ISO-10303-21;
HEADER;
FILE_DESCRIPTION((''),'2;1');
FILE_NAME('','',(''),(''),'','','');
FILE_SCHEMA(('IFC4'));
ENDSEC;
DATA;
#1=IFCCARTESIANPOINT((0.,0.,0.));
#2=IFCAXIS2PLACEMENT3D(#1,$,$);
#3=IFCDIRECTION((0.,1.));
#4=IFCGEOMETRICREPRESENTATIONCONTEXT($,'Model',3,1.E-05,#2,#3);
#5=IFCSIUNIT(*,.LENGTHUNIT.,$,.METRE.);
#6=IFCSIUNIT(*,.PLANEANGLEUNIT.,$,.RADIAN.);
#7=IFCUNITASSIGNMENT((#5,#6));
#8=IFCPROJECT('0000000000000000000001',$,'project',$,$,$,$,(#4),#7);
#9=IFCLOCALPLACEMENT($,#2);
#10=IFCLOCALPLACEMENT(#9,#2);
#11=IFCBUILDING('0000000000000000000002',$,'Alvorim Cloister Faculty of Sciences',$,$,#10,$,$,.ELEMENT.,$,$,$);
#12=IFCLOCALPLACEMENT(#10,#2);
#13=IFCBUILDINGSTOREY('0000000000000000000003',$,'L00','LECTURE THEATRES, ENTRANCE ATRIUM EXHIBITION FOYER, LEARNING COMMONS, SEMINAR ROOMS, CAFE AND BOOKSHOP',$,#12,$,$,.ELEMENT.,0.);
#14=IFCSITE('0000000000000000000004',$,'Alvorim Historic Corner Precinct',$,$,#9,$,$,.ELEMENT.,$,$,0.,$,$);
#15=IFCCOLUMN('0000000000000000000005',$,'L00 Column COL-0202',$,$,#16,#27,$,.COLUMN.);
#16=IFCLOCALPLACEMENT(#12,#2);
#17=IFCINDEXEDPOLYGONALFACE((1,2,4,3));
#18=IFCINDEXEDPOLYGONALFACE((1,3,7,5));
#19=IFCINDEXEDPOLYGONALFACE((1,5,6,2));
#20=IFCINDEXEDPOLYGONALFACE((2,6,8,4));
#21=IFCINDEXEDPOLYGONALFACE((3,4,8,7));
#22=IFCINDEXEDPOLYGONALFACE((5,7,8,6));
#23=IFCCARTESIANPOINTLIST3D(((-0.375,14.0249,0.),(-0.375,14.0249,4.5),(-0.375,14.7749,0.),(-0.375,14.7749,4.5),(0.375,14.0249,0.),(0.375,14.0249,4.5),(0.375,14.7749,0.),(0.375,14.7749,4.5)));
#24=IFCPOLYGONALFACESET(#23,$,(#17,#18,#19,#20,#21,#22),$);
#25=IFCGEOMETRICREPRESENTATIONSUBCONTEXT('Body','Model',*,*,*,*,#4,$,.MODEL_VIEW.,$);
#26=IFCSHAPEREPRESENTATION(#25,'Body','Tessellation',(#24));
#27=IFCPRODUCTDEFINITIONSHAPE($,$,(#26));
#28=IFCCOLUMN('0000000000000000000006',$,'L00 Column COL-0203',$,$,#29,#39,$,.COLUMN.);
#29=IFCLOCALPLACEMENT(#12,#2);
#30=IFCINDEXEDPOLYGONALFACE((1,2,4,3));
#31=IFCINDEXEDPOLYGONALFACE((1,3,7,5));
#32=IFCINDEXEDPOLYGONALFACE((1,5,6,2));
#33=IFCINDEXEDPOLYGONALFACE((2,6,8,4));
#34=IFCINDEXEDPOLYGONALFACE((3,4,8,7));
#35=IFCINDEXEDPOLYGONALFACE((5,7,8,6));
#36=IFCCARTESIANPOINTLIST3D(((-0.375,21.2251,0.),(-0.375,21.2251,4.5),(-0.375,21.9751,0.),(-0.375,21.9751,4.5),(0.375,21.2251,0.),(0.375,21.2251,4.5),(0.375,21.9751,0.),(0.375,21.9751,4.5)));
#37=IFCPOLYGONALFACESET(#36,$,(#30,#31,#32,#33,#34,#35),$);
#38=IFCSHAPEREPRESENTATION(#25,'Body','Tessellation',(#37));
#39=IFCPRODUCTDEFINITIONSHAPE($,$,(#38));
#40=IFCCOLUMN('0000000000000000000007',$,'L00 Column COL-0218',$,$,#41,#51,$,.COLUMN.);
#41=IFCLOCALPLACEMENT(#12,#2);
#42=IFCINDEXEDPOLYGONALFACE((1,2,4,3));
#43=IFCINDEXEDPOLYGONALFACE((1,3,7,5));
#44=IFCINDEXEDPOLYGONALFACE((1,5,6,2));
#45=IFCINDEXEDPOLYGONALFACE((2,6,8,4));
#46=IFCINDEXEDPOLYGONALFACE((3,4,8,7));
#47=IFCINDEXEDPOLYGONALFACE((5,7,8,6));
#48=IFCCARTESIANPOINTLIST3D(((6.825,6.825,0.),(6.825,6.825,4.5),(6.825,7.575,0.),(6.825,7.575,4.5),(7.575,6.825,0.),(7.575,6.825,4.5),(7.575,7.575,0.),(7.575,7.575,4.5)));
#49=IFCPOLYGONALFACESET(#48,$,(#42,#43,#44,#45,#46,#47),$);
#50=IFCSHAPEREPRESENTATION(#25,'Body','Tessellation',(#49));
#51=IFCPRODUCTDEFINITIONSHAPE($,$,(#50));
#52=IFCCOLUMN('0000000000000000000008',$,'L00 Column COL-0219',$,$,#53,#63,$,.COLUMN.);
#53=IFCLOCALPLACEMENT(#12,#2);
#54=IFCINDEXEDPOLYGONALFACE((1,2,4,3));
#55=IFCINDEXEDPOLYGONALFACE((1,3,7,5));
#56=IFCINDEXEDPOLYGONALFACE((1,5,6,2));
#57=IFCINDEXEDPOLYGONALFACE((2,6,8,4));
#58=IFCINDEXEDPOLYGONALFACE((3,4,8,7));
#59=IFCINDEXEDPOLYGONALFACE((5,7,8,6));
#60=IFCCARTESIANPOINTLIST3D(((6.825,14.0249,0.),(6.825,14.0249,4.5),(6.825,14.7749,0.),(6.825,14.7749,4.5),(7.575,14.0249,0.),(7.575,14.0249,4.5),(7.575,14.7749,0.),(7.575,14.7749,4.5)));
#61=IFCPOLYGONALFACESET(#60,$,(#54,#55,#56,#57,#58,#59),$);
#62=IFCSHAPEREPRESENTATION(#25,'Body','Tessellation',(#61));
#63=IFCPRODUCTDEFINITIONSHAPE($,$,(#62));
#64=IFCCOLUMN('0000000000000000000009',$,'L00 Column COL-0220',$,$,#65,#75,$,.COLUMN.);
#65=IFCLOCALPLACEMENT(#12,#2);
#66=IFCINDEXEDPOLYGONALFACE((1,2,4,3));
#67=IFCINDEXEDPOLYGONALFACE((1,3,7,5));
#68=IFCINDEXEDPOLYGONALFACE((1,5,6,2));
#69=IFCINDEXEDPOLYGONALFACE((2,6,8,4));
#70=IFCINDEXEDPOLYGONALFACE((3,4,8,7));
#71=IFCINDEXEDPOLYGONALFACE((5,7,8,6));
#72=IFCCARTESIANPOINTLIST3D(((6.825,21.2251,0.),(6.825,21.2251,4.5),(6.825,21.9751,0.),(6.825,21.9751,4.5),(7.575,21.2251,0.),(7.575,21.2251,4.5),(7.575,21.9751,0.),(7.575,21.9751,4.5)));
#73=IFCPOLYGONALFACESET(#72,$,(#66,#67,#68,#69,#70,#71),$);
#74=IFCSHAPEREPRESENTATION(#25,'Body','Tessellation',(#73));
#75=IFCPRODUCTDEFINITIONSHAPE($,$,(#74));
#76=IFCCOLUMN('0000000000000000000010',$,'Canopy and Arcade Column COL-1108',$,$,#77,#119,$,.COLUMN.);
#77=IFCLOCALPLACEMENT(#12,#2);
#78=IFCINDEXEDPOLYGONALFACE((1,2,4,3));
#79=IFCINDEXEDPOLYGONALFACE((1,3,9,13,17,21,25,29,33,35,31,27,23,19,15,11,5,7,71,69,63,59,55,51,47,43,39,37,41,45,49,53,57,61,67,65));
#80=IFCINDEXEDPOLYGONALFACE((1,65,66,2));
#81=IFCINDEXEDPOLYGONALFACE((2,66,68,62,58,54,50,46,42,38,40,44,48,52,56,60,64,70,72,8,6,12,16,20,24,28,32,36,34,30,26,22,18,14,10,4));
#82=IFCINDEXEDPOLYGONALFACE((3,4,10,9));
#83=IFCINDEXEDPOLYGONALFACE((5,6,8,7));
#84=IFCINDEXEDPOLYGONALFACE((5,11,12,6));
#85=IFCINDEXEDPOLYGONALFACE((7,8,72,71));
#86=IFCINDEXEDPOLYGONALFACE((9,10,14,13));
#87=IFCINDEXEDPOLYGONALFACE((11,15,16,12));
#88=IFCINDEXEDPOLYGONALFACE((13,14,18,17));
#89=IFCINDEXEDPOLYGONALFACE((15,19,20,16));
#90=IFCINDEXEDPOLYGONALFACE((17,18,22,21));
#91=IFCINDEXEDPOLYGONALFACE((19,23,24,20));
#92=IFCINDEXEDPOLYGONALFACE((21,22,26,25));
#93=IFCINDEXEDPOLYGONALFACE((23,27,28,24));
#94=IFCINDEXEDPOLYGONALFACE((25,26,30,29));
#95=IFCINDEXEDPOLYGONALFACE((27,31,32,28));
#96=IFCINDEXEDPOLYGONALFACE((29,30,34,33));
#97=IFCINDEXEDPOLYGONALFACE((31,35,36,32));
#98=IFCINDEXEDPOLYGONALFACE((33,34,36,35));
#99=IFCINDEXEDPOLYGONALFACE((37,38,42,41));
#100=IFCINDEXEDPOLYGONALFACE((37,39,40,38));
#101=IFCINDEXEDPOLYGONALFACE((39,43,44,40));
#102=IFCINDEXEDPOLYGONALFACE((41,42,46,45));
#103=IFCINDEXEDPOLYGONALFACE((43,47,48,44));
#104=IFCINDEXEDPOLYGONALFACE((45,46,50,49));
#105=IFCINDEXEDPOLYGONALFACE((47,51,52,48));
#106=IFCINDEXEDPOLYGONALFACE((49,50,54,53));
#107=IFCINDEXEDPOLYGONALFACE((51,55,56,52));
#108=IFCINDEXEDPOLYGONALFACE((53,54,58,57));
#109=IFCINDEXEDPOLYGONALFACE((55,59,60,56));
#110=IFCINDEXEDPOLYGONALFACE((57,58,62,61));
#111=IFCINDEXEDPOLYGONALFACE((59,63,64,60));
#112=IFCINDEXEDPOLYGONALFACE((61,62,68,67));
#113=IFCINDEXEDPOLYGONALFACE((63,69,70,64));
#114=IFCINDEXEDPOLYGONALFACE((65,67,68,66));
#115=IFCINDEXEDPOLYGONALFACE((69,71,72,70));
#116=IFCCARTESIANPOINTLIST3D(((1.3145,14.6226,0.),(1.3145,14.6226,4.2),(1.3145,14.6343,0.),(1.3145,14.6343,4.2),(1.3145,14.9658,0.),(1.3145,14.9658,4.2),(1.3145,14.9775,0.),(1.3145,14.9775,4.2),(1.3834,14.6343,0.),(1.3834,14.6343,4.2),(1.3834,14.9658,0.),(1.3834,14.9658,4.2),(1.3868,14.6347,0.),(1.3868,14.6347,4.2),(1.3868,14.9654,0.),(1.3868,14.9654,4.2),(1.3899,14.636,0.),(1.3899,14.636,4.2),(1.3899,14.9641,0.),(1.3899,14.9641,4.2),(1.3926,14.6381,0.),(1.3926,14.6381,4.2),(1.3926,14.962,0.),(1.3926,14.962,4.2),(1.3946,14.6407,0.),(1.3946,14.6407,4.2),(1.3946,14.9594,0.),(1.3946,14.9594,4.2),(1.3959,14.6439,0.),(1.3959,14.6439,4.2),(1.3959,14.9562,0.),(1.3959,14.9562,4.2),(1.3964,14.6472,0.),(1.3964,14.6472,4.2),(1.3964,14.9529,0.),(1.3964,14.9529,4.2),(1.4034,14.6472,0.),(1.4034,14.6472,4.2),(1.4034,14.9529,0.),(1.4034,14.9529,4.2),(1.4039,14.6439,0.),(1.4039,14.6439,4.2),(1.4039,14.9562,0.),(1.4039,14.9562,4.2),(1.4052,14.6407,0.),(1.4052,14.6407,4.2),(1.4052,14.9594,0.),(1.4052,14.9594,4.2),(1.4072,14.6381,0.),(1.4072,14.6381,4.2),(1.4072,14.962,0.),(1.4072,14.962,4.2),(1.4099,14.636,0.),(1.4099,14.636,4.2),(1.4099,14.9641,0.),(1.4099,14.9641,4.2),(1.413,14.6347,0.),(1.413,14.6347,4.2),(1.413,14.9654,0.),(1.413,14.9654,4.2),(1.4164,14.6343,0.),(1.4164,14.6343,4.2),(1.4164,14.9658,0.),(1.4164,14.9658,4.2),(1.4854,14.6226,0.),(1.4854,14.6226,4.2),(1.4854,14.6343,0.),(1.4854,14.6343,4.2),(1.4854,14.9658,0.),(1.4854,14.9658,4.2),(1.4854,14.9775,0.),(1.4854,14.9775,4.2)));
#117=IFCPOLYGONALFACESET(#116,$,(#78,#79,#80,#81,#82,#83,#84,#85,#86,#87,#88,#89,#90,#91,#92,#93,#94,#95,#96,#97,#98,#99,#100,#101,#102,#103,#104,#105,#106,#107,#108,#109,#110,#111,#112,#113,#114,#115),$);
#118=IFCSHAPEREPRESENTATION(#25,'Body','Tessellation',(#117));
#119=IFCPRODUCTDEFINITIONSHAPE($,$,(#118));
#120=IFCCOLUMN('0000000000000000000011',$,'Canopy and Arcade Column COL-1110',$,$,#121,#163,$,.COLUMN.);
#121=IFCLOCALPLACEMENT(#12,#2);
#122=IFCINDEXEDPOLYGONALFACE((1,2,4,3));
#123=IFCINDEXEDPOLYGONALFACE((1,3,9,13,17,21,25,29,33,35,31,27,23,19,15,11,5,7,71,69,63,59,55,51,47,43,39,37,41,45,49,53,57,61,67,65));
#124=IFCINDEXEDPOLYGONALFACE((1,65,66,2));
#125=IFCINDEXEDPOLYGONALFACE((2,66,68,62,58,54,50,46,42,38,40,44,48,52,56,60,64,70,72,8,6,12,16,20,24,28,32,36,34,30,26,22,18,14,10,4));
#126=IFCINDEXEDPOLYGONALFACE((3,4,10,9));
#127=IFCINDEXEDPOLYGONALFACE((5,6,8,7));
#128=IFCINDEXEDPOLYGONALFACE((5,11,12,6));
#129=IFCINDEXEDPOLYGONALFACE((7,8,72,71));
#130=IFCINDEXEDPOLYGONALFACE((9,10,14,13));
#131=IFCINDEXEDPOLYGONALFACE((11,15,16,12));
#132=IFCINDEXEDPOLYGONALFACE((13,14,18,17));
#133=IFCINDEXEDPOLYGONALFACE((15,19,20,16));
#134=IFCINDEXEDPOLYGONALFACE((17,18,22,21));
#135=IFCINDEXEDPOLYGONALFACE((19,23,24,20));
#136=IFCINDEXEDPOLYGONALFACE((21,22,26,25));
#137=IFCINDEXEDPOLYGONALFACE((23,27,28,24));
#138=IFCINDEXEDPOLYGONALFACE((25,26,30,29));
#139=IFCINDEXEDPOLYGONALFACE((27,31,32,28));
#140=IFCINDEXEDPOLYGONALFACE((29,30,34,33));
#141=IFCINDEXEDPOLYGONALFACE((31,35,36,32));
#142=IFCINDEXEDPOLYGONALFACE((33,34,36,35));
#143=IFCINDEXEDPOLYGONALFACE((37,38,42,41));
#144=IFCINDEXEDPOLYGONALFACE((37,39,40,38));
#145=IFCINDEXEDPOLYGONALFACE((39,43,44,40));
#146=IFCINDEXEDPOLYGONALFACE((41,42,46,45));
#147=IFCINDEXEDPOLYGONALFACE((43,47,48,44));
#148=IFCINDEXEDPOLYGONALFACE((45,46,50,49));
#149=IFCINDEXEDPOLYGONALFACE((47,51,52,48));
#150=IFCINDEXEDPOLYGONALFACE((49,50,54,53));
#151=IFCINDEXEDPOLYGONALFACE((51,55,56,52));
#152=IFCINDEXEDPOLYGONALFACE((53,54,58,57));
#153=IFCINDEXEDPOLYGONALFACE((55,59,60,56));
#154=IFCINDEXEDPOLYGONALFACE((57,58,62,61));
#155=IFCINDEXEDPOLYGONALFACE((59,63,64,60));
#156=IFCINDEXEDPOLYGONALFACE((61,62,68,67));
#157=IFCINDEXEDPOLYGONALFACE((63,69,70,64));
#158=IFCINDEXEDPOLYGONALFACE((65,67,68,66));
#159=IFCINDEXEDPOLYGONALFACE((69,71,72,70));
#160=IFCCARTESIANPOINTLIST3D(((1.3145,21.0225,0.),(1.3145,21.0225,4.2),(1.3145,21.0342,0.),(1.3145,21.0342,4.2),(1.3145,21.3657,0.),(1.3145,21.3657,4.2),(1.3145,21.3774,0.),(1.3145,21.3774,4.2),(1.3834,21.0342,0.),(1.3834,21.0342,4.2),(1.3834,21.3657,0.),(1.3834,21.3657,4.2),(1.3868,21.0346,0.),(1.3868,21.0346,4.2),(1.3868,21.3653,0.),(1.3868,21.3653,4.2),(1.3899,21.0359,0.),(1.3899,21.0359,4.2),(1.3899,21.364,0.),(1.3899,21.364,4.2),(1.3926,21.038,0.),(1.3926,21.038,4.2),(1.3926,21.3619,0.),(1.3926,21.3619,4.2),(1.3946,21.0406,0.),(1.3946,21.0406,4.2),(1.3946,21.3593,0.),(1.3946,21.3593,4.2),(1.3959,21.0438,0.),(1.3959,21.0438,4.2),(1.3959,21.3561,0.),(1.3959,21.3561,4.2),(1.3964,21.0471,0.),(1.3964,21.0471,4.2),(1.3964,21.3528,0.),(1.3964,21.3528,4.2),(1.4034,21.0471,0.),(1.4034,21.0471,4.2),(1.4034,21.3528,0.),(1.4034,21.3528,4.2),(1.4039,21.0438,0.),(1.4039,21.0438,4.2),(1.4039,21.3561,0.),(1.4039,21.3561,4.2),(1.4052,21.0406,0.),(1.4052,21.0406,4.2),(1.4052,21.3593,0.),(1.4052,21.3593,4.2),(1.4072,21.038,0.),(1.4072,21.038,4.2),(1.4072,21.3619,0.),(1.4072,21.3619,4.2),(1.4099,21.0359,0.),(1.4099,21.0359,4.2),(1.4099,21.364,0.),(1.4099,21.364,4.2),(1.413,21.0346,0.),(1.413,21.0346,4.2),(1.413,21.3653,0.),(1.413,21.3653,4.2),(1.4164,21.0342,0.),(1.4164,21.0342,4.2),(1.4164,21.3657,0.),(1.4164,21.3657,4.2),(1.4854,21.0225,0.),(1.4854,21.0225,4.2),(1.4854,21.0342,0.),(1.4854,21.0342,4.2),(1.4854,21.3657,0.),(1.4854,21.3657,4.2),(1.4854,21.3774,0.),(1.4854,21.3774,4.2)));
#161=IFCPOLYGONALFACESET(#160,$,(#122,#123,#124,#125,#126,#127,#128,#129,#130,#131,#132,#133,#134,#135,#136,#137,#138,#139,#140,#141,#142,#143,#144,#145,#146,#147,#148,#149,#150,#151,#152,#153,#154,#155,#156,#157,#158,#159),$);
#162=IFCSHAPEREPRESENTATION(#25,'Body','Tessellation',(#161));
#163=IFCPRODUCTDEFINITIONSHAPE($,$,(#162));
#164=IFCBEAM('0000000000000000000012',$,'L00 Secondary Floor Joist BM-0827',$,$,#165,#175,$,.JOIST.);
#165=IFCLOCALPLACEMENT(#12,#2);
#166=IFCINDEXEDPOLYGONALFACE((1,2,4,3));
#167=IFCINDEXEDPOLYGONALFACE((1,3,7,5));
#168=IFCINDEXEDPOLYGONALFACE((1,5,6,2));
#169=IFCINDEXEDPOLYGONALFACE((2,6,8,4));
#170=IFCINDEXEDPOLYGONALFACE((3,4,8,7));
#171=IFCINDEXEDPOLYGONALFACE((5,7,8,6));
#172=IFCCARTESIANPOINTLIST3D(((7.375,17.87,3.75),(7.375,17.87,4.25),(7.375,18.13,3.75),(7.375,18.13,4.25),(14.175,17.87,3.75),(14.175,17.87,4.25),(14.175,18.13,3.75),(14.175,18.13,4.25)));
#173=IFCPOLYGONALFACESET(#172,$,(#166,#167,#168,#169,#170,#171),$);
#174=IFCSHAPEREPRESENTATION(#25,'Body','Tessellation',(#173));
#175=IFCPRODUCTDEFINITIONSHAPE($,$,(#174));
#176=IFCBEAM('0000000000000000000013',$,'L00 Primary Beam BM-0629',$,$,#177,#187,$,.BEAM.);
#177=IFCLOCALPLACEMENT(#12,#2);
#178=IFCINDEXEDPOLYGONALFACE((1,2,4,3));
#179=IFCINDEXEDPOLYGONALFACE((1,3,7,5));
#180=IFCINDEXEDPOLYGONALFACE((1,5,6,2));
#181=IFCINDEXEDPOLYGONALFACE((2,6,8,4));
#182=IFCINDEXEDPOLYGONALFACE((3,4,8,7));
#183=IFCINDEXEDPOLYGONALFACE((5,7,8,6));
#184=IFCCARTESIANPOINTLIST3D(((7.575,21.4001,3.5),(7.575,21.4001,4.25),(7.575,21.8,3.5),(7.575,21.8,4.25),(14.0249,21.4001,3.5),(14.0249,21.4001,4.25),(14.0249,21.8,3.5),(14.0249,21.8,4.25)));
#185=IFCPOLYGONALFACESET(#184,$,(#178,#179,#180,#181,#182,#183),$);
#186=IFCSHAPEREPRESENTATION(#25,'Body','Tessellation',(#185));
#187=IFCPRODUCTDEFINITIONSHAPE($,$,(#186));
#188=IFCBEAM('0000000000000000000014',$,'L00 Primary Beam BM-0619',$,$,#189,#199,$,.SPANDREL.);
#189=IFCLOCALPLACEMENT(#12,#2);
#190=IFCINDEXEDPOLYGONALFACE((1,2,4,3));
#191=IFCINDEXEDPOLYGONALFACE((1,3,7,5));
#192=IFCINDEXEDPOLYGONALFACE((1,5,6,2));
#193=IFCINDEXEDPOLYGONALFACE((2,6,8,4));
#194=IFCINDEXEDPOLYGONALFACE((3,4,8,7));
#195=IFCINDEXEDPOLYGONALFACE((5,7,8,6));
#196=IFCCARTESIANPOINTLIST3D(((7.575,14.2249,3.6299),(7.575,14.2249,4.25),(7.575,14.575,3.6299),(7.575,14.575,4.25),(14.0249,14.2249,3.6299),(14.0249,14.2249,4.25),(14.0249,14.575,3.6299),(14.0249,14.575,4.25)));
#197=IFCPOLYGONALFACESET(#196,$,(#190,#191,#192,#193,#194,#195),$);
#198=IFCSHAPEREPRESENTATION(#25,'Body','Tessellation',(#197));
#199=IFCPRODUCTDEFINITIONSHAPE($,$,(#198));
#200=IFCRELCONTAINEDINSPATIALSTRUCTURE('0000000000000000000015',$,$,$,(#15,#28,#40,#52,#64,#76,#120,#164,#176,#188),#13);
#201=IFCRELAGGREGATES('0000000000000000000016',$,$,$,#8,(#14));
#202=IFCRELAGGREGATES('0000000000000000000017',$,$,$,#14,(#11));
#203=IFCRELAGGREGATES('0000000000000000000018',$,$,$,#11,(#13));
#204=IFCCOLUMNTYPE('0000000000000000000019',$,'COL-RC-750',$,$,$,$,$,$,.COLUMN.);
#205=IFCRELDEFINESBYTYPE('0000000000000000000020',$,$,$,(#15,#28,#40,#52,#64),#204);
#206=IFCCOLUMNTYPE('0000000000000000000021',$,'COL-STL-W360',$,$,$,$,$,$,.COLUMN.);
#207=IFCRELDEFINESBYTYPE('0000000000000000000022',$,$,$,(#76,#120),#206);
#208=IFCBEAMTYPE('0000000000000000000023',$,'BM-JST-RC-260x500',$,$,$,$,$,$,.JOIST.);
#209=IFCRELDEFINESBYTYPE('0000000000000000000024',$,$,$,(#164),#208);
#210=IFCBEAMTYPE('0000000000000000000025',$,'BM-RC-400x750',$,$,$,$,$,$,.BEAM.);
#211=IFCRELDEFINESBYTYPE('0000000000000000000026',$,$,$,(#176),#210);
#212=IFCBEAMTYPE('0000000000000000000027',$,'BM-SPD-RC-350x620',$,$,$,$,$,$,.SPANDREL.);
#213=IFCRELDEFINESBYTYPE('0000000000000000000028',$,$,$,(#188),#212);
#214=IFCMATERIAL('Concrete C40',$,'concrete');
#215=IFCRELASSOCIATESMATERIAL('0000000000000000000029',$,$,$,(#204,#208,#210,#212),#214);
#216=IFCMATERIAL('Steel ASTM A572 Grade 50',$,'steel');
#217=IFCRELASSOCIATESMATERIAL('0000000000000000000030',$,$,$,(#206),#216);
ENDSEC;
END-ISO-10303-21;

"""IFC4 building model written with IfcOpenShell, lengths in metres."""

from ifc_helpers import new_model, si_unit, direction, frame, origin, origin_2d, place, context, subcontext, project, spatial, rectangle, i_section, extrude, material, material_profile, profile_set, type_object, element, save


model = new_model("IFC4")

# Units and contexts
model_context = context("Model", 3, precision=1e-05, world=origin(), true_north=direction((0.0, 1.0)))
body_context = subcontext(model_context, "Body", "Model", "MODEL_VIEW")
ifc_project = project(units=[si_unit("LENGTHUNIT", "METRE"), si_unit("PLANEANGLEUNIT", "RADIAN")], contexts=[model_context])

# Site, building, storey
site_placement = place(None, origin())
site = spatial("IfcSite", under=ifc_project, at=site_placement, Name="Alvorim Historic Corner Precinct", CompositionType="ELEMENT", RefElevation=0.0)
building_placement = place(site_placement, origin())
building = spatial("IfcBuilding", under=site, at=building_placement, Name="Alvorim Cloister Faculty of Sciences", CompositionType="ELEMENT")
storey_placement = place(building_placement, origin())
storey = spatial("IfcBuildingStorey", under=building, at=storey_placement, Name="L00", Description="LECTURE THEATRES, ENTRANCE ATRIUM EXHIBITION FOYER, LEARNING COMMONS, SEMINAR ROOMS, CAFE AND BOOKSHOP", CompositionType="ELEMENT", Elevation=0.0)

# Columns
ifc_material_1 = material(Name="Concrete C40", Category="concrete")
ifc_material_profile_1 = material_profile(ifc_material_1, rectangle(XDim=0.75, YDim=0.75, at=origin_2d()), Name="RC40-COL-750x750")
ifc_profile_set_1 = profile_set([ifc_material_profile_1], Name="Concrete C40")
column_type_1 = type_object("IfcColumnType", Name="COL-RC-750", PredefinedType="COLUMN", material=ifc_profile_set_1)
for number, where, z_axis, x_axis, name in (
    (1, (0.0, 14.3999, 0.0), (0.0, 0.0, 1.0), (1.0, 0.0, 0.0), "L00 Column COL-0202"),
    (2, (0.0, 21.6001, 0.0), (0.0, 0.0, 1.0), (1.0, 0.0, 0.0), "L00 Column COL-0203"),
    (3, (7.2, 7.2, 0.0), (0.0, 0.0, 1.0), (1.0, 0.0, 0.0), "L00 Column COL-0218"),
    (4, (7.2, 14.3999, 0.0), (0.0, 0.0, 1.0), (1.0, 0.0, 0.0), "L00 Column COL-0219"),
    (5, (7.2, 21.6001, 0.0), (0.0, 0.0, 1.0), (1.0, 0.0, 0.0), "L00 Column COL-0220"),
):
    element("IfcColumn", number, at=place(storey_placement, frame(where, z_axis=z_axis, x_axis=x_axis)), inside=storey, type_object=column_type_1, Name=name, PredefinedType="COLUMN", context=body_context, shape_type="SweptSolid", body=[
        extrude(rectangle(XDim=0.75, YDim=0.75, at=origin_2d()), origin(), (0.0, 0.0, 1.0), 4.5),
    ])
ifc_material_2 = material(Name="Steel ASTM A572 Grade 50", Category="steel")
ifc_material_profile_2 = material_profile(ifc_material_2, i_section(OverallWidth=0.1709, OverallDepth=0.355, WebThickness=0.0071, FlangeThickness=0.0117, FilletRadius=0.0129, at=origin_2d()), Name="W360x51.0")
ifc_profile_set_2 = profile_set([ifc_material_profile_2], Name="Steel ASTM A572 Grade 50")
column_type_2 = type_object("IfcColumnType", Name="COL-STL-W360", PredefinedType="COLUMN", material=ifc_profile_set_2)
for number, where, z_axis, x_axis, name in (
    (6, (1.3999, 14.8, 0.0), (0.0, 0.0, 1.0), (1.0, 0.0, 0.0), "Canopy and Arcade Column COL-1108"),
    (7, (1.3999, 21.2, 0.0), (0.0, 0.0, 1.0), (1.0, 0.0, 0.0), "Canopy and Arcade Column COL-1110"),
):
    element("IfcColumn", number, at=place(storey_placement, frame(where, z_axis=z_axis, x_axis=x_axis)), inside=storey, type_object=column_type_2, Name=name, PredefinedType="COLUMN", context=body_context, shape_type="SweptSolid", body=[
        extrude(i_section(OverallWidth=0.1709, OverallDepth=0.355, WebThickness=0.0071, FlangeThickness=0.0117, FilletRadius=0.0129, at=origin_2d()), origin(), (0.0, 0.0, 1.0), 4.2),
    ])

# Beams
ifc_material_profile_3 = material_profile(ifc_material_1, rectangle(XDim=0.26, YDim=0.5, at=origin_2d()), Name="RC40-JST-260x500")
ifc_profile_set_3 = profile_set([ifc_material_profile_3], Name="Concrete C40")
beam_type_1 = type_object("IfcBeamType", Name="BM-JST-RC-260x500", PredefinedType="JOIST", material=ifc_profile_set_3)
beam_1_placement = place(storey_placement, frame((7.375, 18.0, 4.0), z_axis=(1.0, 0.0, 0.0), x_axis=(0.0, 1.0, 0.0)))
element("IfcBeam", 8, at=beam_1_placement, inside=storey, type_object=beam_type_1, Name="L00 Secondary Floor Joist BM-0827", PredefinedType="JOIST", context=body_context, shape_type="SweptSolid", body=[
    extrude(rectangle(XDim=0.26, YDim=0.5, at=origin_2d()), origin(), (0.0, 0.0, 1.0), 6.8),
])
ifc_material_profile_4 = material_profile(ifc_material_1, rectangle(XDim=0.3999, YDim=0.75, at=origin_2d()), Name="RC40-BM-400x750")
ifc_profile_set_4 = profile_set([ifc_material_profile_4], Name="Concrete C40")
beam_type_2 = type_object("IfcBeamType", Name="BM-RC-400x750", PredefinedType="BEAM", material=ifc_profile_set_4)
beam_2_placement = place(storey_placement, frame((7.575, 21.6001, 3.875), z_axis=(1.0, 0.0, 0.0), x_axis=(0.0, 1.0, 0.0)))
element("IfcBeam", 9, at=beam_2_placement, inside=storey, type_object=beam_type_2, Name="L00 Primary Beam BM-0629", PredefinedType="BEAM", context=body_context, shape_type="SweptSolid", body=[
    extrude(rectangle(XDim=0.3999, YDim=0.75, at=origin_2d()), origin(), (0.0, 0.0, 1.0), 6.45),
])
ifc_material_profile_5 = material_profile(ifc_material_1, rectangle(XDim=0.3501, YDim=0.6201, at=origin_2d()), Name="RC40-SPD-350x620")
ifc_profile_set_5 = profile_set([ifc_material_profile_5], Name="Concrete C40")
beam_type_3 = type_object("IfcBeamType", Name="BM-SPD-RC-350x620", PredefinedType="SPANDREL", material=ifc_profile_set_5)
for number, where, z_axis, x_axis, name in (
    (10, (7.575, 14.3999, 3.9399), (1.0, 0.0, 0.0), (0.0, 1.0, 0.0), "L00 Primary Beam BM-0619"),
):
    element("IfcBeam", number, at=place(storey_placement, frame(where, z_axis=z_axis, x_axis=x_axis)), inside=storey, type_object=beam_type_3, Name=name, PredefinedType="SPANDREL", context=body_context, shape_type="SweptSolid", body=[
        extrude(rectangle(XDim=0.3501, YDim=0.6201, at=origin_2d()), origin(), (0.0, 0.0, 1.0), 6.45),
    ])

save(model, "model.ifc")
